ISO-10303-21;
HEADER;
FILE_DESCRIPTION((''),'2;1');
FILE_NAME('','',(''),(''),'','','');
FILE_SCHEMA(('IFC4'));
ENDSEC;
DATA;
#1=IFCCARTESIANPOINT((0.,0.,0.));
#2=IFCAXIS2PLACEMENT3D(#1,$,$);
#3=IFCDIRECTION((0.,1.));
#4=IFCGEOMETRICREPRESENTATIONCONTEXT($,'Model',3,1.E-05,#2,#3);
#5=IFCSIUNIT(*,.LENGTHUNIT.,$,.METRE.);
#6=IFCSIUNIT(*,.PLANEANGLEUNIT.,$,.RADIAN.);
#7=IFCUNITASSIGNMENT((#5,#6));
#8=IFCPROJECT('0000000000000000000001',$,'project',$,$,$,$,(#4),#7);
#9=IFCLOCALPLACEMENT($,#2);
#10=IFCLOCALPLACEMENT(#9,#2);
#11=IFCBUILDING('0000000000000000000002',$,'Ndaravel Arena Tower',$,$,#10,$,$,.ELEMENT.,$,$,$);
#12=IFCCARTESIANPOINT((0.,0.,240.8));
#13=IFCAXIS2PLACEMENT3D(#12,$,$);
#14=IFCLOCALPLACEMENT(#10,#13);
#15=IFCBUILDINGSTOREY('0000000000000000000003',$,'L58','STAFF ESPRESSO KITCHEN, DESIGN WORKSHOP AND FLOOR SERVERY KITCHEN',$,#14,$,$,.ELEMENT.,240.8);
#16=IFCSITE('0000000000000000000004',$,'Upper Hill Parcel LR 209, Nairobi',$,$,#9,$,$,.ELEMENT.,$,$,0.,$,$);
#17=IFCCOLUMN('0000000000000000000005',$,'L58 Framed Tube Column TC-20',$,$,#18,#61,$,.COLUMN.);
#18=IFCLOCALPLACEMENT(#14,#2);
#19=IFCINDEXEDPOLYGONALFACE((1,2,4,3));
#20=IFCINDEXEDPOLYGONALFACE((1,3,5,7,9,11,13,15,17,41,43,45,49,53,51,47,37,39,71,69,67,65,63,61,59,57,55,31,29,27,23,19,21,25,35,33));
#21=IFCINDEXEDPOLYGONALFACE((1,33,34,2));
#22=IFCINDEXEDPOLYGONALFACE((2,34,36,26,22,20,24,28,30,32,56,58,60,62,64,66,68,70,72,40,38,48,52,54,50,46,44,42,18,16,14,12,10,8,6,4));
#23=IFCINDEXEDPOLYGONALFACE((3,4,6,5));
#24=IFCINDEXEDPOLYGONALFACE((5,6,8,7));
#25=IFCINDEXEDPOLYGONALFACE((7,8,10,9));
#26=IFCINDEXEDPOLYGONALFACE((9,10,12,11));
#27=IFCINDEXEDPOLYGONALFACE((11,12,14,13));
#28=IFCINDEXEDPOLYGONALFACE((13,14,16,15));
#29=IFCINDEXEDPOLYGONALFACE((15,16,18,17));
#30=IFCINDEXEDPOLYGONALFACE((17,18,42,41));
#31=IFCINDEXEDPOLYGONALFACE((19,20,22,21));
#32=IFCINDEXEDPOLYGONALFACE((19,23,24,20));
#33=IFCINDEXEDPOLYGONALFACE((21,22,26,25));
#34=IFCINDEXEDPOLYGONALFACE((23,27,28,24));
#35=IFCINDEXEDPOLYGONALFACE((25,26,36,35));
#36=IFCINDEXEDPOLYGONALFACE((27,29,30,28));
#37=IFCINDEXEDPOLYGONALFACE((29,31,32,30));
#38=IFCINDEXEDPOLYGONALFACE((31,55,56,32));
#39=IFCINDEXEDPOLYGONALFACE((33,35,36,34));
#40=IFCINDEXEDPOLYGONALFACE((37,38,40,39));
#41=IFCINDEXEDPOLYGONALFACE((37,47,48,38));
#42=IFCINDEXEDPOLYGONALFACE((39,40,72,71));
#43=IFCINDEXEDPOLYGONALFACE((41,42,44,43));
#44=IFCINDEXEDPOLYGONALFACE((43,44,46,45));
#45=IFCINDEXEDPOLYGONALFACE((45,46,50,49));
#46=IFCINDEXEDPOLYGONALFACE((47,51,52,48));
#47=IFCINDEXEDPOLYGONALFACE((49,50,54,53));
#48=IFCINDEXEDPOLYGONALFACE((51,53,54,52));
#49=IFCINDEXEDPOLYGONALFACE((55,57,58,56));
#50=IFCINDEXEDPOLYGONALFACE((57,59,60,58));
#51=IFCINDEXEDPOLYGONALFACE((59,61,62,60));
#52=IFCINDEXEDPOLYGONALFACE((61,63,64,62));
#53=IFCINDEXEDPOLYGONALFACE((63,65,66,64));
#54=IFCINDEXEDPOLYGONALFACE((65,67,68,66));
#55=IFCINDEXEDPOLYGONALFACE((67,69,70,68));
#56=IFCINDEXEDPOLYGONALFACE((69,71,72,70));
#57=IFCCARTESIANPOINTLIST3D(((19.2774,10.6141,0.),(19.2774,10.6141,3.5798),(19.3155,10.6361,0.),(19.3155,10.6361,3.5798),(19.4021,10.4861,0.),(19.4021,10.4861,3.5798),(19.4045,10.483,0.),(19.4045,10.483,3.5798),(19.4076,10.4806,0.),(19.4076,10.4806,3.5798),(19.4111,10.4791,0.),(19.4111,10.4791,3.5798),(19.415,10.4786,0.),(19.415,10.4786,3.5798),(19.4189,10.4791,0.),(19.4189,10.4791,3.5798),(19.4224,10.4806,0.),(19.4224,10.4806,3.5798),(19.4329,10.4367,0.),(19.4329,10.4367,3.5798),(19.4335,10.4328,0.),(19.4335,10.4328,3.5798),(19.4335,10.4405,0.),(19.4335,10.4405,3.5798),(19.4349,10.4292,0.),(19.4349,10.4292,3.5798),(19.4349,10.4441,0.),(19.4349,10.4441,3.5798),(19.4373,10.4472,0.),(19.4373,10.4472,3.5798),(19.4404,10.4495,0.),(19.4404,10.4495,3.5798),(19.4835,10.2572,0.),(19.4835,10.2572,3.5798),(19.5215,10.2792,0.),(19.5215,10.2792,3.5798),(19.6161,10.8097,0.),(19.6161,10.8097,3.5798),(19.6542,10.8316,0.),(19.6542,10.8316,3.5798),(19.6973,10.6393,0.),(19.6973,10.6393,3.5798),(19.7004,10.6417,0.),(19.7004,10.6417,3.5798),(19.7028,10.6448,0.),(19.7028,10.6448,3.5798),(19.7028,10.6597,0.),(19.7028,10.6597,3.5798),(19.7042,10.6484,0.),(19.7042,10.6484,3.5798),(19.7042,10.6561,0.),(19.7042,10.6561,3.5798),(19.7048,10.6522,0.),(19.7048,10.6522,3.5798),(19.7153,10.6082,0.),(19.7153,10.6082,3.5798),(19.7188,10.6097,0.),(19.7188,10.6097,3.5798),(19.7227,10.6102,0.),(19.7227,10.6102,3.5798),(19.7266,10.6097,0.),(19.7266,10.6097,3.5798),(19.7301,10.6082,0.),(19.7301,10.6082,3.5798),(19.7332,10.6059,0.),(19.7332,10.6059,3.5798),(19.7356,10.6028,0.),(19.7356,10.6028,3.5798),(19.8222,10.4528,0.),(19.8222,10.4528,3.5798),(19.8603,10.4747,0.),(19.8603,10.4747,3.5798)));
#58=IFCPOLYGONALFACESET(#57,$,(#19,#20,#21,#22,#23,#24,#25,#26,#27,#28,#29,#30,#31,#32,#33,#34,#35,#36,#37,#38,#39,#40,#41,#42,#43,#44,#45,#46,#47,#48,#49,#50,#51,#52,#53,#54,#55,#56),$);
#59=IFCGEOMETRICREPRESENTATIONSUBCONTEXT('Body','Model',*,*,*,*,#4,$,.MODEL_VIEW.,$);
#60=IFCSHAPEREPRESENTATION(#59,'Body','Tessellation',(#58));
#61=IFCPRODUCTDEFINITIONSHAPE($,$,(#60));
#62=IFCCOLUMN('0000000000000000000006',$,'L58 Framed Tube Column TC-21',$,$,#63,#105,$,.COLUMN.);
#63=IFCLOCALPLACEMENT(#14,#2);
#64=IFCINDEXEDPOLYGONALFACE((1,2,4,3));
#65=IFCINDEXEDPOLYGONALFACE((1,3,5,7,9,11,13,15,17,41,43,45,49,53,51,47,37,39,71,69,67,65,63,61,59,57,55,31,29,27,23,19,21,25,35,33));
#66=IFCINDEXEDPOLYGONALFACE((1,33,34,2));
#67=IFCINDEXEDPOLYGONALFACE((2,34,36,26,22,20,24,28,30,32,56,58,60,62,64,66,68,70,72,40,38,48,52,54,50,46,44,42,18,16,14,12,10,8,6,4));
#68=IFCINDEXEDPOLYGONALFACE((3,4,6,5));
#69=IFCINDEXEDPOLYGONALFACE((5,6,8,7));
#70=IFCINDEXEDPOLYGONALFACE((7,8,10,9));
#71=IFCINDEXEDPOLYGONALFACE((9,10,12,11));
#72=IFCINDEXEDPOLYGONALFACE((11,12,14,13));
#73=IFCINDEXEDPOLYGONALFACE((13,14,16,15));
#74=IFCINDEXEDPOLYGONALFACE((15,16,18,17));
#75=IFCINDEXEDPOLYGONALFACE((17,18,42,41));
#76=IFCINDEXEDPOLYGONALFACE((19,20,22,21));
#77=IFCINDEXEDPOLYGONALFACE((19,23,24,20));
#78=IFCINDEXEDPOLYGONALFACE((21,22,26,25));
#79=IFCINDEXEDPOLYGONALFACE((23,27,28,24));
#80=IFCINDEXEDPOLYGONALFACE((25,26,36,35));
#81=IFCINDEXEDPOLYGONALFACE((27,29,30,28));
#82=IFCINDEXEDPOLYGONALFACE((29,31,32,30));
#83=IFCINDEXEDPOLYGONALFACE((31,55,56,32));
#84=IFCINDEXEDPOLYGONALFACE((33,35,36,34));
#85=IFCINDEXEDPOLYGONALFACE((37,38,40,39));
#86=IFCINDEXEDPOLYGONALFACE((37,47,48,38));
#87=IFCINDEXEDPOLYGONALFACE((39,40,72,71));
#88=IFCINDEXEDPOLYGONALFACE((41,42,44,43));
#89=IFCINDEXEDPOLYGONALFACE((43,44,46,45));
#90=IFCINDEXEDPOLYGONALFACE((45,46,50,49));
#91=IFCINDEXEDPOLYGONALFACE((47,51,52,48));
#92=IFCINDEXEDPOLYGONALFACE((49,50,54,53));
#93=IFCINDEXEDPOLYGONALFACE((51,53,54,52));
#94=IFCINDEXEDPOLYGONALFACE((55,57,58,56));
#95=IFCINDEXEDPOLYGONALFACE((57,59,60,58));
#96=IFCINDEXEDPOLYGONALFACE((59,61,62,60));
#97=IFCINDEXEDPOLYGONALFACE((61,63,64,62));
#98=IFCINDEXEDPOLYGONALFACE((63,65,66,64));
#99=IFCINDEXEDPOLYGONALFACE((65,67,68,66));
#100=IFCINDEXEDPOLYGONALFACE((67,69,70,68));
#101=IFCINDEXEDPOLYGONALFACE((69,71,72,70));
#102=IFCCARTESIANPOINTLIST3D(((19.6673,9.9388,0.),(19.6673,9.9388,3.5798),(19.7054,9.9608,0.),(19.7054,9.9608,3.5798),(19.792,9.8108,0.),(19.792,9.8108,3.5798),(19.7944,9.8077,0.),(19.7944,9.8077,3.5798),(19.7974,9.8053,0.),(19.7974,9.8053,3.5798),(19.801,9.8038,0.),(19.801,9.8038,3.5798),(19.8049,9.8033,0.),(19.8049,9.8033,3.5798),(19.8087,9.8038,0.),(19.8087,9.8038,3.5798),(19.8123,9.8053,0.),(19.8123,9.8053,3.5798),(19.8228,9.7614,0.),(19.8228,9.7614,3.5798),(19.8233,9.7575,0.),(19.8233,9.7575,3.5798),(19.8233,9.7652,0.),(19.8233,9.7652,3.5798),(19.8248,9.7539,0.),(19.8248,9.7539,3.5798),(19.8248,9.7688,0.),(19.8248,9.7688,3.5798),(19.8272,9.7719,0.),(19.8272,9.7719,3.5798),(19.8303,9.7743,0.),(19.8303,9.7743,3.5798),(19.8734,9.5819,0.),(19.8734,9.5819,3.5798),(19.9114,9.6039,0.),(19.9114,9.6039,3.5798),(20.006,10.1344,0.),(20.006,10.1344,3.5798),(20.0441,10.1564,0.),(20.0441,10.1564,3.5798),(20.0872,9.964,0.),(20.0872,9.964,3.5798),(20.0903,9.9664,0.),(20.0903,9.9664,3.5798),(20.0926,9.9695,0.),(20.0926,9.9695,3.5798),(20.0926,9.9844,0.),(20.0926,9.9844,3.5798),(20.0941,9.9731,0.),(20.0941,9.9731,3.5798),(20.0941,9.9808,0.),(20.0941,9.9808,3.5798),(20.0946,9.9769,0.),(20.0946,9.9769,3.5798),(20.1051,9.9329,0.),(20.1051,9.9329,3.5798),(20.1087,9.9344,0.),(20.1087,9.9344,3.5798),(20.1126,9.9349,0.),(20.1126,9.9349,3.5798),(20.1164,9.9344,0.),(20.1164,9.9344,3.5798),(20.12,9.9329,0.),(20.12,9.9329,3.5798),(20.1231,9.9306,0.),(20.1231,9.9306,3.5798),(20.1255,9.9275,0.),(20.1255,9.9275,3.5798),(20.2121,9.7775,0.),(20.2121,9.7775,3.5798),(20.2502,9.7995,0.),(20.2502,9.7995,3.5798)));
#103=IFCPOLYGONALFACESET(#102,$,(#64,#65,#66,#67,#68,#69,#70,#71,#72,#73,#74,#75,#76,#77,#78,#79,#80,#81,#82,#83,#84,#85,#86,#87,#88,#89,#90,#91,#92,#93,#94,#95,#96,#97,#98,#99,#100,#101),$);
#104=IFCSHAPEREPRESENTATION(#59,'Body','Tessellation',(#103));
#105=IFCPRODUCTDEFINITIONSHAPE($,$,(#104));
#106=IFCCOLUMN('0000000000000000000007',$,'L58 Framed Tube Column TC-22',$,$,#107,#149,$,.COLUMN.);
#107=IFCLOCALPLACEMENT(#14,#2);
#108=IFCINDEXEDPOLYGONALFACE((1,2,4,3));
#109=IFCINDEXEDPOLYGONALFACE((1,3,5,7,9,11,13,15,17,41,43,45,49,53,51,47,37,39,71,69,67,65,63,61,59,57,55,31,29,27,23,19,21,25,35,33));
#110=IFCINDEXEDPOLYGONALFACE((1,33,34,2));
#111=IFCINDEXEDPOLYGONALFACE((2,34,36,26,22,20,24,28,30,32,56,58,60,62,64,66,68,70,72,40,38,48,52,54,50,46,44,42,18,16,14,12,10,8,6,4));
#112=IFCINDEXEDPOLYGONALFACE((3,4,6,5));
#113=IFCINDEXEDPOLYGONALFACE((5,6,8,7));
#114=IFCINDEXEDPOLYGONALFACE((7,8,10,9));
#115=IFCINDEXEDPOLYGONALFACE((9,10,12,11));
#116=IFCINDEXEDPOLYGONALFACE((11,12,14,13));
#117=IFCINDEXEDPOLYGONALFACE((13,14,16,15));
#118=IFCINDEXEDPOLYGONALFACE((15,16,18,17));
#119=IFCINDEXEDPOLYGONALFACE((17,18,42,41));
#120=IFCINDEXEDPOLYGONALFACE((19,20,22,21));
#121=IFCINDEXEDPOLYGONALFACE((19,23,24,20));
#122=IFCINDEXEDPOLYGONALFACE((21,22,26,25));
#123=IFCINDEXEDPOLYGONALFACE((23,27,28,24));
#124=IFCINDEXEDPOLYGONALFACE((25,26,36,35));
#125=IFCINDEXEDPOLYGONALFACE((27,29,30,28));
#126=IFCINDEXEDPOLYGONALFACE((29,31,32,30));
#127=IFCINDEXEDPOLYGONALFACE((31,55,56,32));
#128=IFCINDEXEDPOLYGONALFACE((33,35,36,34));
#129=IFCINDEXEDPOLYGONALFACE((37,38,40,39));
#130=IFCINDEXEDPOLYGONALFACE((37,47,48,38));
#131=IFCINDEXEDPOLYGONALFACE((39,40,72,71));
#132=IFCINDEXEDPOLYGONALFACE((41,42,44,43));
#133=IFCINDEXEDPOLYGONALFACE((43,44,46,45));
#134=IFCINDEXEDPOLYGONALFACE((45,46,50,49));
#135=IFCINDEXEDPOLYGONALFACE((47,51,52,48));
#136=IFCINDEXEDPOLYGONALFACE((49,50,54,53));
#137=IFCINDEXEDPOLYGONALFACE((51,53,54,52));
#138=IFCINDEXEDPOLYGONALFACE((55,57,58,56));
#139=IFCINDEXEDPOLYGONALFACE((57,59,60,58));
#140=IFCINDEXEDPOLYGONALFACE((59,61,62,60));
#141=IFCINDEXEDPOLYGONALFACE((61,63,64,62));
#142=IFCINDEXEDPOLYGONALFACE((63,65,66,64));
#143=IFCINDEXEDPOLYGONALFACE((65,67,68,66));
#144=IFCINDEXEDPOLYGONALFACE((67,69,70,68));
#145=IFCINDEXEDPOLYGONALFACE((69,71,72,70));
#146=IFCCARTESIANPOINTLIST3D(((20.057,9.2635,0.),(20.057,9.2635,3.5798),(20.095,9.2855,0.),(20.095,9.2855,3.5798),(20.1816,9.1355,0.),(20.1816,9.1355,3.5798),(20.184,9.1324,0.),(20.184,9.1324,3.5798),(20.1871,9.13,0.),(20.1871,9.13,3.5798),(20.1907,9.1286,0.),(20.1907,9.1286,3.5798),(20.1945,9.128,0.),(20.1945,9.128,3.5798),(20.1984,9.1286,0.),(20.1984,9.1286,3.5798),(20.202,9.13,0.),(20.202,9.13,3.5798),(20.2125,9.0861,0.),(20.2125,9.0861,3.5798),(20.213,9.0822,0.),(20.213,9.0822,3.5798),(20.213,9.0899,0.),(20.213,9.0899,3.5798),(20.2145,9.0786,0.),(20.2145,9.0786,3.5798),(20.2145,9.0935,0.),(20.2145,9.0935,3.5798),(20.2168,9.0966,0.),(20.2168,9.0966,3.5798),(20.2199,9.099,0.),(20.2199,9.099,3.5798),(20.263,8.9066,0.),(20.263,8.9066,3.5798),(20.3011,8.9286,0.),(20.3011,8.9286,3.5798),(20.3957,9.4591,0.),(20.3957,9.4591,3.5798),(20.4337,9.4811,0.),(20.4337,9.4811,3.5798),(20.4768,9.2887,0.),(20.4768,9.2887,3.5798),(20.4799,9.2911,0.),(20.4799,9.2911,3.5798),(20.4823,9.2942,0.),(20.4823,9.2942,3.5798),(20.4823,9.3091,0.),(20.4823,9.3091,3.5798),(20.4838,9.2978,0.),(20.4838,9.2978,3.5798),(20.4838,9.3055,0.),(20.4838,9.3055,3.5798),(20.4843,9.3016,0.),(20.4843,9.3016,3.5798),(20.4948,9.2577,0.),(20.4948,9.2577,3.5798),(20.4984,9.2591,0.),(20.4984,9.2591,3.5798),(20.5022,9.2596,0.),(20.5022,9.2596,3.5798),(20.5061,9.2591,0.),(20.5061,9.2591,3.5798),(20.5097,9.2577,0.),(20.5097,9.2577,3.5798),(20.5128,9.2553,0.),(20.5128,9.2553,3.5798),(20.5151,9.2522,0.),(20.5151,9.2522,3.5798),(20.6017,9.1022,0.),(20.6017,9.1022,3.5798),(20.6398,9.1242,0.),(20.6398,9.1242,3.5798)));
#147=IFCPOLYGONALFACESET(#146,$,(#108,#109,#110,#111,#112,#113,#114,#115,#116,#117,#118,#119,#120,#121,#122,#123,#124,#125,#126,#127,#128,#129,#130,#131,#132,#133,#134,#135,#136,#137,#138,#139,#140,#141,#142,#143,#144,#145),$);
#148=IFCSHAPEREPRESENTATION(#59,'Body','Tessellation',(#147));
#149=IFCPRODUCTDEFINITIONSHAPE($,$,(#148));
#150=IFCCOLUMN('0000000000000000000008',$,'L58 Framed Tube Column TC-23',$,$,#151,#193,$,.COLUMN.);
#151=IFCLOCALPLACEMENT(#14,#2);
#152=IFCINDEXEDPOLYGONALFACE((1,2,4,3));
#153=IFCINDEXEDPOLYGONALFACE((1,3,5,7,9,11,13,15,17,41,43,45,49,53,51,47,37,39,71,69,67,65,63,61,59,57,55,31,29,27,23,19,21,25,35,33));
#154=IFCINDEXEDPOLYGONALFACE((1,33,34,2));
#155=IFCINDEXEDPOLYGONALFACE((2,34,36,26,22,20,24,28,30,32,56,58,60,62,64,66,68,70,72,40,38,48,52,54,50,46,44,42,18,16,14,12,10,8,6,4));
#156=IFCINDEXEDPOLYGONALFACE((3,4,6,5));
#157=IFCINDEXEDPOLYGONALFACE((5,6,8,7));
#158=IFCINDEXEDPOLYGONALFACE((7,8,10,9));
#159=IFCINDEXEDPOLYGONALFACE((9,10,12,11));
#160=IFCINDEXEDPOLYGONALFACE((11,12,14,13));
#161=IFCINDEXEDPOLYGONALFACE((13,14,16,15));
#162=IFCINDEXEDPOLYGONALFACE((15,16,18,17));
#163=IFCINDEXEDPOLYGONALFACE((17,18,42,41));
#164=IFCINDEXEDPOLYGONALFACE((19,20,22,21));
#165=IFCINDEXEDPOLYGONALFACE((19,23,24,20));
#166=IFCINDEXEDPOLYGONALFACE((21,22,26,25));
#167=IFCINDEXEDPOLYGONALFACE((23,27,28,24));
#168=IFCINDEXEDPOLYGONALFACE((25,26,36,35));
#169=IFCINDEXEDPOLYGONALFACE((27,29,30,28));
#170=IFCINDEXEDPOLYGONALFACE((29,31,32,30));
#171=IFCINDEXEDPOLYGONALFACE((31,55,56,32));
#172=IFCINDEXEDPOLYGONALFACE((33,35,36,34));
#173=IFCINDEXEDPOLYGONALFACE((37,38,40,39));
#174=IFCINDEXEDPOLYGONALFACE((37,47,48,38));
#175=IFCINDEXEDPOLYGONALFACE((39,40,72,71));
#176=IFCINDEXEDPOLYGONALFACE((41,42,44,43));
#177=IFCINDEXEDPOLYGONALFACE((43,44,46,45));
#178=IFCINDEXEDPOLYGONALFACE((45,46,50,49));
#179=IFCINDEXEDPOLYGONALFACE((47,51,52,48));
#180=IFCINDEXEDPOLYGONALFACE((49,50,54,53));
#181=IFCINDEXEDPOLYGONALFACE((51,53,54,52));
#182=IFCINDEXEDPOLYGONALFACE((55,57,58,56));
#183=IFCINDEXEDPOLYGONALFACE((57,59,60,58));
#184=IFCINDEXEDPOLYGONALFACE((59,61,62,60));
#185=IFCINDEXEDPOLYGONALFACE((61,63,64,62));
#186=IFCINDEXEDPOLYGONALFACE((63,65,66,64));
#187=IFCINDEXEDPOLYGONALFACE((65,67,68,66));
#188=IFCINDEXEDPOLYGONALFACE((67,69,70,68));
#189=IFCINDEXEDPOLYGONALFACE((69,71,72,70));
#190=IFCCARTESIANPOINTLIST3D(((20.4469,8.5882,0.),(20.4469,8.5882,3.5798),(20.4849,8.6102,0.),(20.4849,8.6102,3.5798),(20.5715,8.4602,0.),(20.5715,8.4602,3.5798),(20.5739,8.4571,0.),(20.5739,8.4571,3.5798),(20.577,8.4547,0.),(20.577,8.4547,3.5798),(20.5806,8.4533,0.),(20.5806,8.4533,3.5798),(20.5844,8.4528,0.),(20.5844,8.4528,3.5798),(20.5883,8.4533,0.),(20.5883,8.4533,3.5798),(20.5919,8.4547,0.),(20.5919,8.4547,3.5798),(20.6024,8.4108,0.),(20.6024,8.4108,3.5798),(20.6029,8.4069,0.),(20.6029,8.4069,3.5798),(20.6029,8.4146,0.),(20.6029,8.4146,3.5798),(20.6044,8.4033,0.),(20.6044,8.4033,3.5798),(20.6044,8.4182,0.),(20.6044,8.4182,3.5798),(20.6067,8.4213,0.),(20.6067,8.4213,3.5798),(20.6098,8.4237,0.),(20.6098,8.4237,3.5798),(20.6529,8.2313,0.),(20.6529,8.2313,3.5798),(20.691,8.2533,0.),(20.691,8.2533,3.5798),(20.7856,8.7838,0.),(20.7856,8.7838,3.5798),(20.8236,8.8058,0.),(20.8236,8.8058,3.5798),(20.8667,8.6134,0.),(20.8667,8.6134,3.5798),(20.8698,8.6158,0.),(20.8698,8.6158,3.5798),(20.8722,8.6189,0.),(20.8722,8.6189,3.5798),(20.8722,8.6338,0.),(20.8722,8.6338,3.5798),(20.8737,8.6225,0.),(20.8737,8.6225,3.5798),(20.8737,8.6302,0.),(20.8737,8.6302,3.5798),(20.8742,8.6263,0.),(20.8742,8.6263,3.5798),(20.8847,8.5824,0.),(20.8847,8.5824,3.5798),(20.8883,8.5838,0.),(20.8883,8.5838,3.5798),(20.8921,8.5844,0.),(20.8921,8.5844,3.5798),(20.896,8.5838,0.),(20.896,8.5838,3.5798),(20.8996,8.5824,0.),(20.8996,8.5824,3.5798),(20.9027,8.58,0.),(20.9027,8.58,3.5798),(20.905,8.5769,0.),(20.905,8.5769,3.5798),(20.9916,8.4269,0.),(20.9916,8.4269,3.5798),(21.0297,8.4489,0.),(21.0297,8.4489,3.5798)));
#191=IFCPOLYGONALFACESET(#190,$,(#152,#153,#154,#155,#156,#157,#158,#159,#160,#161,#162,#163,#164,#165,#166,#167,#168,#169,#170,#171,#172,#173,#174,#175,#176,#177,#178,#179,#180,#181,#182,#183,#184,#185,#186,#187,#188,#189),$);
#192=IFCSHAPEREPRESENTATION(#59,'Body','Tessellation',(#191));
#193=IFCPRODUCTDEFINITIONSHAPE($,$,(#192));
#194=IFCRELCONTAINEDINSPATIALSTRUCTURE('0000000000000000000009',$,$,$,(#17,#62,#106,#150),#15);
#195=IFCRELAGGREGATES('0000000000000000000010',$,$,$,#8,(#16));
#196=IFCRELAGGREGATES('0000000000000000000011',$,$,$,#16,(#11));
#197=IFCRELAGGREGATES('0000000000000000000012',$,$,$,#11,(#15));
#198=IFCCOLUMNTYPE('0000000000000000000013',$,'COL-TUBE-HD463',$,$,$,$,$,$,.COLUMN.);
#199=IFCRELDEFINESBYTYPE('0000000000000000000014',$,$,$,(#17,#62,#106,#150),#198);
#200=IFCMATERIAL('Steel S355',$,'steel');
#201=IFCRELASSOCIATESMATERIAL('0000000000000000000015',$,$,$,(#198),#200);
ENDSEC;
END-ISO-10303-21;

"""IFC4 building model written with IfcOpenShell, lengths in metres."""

from ifc_helpers import new_model, si_unit, direction, frame, origin, origin_2d, place, context, subcontext, project, spatial, i_section, extrude, material, material_profile, profile_set, type_object, element, save


model = new_model("IFC4")

# Units and contexts
model_context = context("Model", 3, precision=1e-05, world=origin(), true_north=direction((0.0, 1.0)))
body_context = subcontext(model_context, "Body", "Model", "MODEL_VIEW")
ifc_project = project(units=[si_unit("LENGTHUNIT", "METRE"), si_unit("PLANEANGLEUNIT", "RADIAN")], contexts=[model_context])

# Site, building, storey
site_placement = place(None, origin())
site = spatial("IfcSite", under=ifc_project, at=site_placement, Name="Upper Hill Parcel LR 209, Nairobi", CompositionType="ELEMENT", RefElevation=0.0)
building_placement = place(site_placement, origin())
building = spatial("IfcBuilding", under=site, at=building_placement, Name="Ndaravel Arena Tower", CompositionType="ELEMENT")
storey_placement = place(building_placement, frame((0.0, 0.0, 240.8)))
storey = spatial("IfcBuildingStorey", under=building, at=storey_placement, Name="L58", Description="STAFF ESPRESSO KITCHEN, DESIGN WORKSHOP AND FLOOR SERVERY KITCHEN", CompositionType="ELEMENT", Elevation=240.8)

# Columns
ifc_material_1 = material(Name="Steel S355", Category="steel")
ifc_material_profile_1 = material_profile(ifc_material_1, i_section(OverallWidth=0.4121, OverallDepth=0.4351, WebThickness=0.0359, FlangeThickness=0.0439, FilletRadius=0.0149, at=origin_2d()), Name="HD 400x463")
ifc_profile_set_1 = profile_set([ifc_material_profile_1], Name="Steel S355")
column_type = type_object("IfcColumnType", Name="COL-TUBE-HD463", PredefinedType="COLUMN", material=ifc_profile_set_1)
for number, where, z_axis, x_axis, name in (
    (1, (19.5688, 10.5444, 0.0), (0.0, 0.0, 1.0), (-0.5, 0.866025, 0.0), "L58 Framed Tube Column TC-20"),
    (2, (19.9587, 9.8691, 0.0), (0.0, 0.0, 1.0), (-0.5, 0.866025, 0.0), "L58 Framed Tube Column TC-21"),
    (3, (20.3484, 9.1938, 0.0), (0.0, 0.0, 1.0), (-0.5, 0.866025, 0.0), "L58 Framed Tube Column TC-22"),
    (4, (20.7383, 8.5186, 0.0), (0.0, 0.0, 1.0), (-0.5, 0.866025, 0.0), "L58 Framed Tube Column TC-23"),
):
    element("IfcColumn", number, at=place(storey_placement, frame(where, z_axis=z_axis, x_axis=x_axis)), inside=storey, type_object=column_type, Name=name, PredefinedType="COLUMN", context=body_context, shape_type="SweptSolid", body=[
        extrude(i_section(OverallWidth=0.4121, OverallDepth=0.4351, WebThickness=0.0359, FlangeThickness=0.0439, FilletRadius=0.0149, at=origin_2d()), origin(), (0.0, 0.0, 1.0), 3.5798),
    ])

save(model, "model.ifc")
